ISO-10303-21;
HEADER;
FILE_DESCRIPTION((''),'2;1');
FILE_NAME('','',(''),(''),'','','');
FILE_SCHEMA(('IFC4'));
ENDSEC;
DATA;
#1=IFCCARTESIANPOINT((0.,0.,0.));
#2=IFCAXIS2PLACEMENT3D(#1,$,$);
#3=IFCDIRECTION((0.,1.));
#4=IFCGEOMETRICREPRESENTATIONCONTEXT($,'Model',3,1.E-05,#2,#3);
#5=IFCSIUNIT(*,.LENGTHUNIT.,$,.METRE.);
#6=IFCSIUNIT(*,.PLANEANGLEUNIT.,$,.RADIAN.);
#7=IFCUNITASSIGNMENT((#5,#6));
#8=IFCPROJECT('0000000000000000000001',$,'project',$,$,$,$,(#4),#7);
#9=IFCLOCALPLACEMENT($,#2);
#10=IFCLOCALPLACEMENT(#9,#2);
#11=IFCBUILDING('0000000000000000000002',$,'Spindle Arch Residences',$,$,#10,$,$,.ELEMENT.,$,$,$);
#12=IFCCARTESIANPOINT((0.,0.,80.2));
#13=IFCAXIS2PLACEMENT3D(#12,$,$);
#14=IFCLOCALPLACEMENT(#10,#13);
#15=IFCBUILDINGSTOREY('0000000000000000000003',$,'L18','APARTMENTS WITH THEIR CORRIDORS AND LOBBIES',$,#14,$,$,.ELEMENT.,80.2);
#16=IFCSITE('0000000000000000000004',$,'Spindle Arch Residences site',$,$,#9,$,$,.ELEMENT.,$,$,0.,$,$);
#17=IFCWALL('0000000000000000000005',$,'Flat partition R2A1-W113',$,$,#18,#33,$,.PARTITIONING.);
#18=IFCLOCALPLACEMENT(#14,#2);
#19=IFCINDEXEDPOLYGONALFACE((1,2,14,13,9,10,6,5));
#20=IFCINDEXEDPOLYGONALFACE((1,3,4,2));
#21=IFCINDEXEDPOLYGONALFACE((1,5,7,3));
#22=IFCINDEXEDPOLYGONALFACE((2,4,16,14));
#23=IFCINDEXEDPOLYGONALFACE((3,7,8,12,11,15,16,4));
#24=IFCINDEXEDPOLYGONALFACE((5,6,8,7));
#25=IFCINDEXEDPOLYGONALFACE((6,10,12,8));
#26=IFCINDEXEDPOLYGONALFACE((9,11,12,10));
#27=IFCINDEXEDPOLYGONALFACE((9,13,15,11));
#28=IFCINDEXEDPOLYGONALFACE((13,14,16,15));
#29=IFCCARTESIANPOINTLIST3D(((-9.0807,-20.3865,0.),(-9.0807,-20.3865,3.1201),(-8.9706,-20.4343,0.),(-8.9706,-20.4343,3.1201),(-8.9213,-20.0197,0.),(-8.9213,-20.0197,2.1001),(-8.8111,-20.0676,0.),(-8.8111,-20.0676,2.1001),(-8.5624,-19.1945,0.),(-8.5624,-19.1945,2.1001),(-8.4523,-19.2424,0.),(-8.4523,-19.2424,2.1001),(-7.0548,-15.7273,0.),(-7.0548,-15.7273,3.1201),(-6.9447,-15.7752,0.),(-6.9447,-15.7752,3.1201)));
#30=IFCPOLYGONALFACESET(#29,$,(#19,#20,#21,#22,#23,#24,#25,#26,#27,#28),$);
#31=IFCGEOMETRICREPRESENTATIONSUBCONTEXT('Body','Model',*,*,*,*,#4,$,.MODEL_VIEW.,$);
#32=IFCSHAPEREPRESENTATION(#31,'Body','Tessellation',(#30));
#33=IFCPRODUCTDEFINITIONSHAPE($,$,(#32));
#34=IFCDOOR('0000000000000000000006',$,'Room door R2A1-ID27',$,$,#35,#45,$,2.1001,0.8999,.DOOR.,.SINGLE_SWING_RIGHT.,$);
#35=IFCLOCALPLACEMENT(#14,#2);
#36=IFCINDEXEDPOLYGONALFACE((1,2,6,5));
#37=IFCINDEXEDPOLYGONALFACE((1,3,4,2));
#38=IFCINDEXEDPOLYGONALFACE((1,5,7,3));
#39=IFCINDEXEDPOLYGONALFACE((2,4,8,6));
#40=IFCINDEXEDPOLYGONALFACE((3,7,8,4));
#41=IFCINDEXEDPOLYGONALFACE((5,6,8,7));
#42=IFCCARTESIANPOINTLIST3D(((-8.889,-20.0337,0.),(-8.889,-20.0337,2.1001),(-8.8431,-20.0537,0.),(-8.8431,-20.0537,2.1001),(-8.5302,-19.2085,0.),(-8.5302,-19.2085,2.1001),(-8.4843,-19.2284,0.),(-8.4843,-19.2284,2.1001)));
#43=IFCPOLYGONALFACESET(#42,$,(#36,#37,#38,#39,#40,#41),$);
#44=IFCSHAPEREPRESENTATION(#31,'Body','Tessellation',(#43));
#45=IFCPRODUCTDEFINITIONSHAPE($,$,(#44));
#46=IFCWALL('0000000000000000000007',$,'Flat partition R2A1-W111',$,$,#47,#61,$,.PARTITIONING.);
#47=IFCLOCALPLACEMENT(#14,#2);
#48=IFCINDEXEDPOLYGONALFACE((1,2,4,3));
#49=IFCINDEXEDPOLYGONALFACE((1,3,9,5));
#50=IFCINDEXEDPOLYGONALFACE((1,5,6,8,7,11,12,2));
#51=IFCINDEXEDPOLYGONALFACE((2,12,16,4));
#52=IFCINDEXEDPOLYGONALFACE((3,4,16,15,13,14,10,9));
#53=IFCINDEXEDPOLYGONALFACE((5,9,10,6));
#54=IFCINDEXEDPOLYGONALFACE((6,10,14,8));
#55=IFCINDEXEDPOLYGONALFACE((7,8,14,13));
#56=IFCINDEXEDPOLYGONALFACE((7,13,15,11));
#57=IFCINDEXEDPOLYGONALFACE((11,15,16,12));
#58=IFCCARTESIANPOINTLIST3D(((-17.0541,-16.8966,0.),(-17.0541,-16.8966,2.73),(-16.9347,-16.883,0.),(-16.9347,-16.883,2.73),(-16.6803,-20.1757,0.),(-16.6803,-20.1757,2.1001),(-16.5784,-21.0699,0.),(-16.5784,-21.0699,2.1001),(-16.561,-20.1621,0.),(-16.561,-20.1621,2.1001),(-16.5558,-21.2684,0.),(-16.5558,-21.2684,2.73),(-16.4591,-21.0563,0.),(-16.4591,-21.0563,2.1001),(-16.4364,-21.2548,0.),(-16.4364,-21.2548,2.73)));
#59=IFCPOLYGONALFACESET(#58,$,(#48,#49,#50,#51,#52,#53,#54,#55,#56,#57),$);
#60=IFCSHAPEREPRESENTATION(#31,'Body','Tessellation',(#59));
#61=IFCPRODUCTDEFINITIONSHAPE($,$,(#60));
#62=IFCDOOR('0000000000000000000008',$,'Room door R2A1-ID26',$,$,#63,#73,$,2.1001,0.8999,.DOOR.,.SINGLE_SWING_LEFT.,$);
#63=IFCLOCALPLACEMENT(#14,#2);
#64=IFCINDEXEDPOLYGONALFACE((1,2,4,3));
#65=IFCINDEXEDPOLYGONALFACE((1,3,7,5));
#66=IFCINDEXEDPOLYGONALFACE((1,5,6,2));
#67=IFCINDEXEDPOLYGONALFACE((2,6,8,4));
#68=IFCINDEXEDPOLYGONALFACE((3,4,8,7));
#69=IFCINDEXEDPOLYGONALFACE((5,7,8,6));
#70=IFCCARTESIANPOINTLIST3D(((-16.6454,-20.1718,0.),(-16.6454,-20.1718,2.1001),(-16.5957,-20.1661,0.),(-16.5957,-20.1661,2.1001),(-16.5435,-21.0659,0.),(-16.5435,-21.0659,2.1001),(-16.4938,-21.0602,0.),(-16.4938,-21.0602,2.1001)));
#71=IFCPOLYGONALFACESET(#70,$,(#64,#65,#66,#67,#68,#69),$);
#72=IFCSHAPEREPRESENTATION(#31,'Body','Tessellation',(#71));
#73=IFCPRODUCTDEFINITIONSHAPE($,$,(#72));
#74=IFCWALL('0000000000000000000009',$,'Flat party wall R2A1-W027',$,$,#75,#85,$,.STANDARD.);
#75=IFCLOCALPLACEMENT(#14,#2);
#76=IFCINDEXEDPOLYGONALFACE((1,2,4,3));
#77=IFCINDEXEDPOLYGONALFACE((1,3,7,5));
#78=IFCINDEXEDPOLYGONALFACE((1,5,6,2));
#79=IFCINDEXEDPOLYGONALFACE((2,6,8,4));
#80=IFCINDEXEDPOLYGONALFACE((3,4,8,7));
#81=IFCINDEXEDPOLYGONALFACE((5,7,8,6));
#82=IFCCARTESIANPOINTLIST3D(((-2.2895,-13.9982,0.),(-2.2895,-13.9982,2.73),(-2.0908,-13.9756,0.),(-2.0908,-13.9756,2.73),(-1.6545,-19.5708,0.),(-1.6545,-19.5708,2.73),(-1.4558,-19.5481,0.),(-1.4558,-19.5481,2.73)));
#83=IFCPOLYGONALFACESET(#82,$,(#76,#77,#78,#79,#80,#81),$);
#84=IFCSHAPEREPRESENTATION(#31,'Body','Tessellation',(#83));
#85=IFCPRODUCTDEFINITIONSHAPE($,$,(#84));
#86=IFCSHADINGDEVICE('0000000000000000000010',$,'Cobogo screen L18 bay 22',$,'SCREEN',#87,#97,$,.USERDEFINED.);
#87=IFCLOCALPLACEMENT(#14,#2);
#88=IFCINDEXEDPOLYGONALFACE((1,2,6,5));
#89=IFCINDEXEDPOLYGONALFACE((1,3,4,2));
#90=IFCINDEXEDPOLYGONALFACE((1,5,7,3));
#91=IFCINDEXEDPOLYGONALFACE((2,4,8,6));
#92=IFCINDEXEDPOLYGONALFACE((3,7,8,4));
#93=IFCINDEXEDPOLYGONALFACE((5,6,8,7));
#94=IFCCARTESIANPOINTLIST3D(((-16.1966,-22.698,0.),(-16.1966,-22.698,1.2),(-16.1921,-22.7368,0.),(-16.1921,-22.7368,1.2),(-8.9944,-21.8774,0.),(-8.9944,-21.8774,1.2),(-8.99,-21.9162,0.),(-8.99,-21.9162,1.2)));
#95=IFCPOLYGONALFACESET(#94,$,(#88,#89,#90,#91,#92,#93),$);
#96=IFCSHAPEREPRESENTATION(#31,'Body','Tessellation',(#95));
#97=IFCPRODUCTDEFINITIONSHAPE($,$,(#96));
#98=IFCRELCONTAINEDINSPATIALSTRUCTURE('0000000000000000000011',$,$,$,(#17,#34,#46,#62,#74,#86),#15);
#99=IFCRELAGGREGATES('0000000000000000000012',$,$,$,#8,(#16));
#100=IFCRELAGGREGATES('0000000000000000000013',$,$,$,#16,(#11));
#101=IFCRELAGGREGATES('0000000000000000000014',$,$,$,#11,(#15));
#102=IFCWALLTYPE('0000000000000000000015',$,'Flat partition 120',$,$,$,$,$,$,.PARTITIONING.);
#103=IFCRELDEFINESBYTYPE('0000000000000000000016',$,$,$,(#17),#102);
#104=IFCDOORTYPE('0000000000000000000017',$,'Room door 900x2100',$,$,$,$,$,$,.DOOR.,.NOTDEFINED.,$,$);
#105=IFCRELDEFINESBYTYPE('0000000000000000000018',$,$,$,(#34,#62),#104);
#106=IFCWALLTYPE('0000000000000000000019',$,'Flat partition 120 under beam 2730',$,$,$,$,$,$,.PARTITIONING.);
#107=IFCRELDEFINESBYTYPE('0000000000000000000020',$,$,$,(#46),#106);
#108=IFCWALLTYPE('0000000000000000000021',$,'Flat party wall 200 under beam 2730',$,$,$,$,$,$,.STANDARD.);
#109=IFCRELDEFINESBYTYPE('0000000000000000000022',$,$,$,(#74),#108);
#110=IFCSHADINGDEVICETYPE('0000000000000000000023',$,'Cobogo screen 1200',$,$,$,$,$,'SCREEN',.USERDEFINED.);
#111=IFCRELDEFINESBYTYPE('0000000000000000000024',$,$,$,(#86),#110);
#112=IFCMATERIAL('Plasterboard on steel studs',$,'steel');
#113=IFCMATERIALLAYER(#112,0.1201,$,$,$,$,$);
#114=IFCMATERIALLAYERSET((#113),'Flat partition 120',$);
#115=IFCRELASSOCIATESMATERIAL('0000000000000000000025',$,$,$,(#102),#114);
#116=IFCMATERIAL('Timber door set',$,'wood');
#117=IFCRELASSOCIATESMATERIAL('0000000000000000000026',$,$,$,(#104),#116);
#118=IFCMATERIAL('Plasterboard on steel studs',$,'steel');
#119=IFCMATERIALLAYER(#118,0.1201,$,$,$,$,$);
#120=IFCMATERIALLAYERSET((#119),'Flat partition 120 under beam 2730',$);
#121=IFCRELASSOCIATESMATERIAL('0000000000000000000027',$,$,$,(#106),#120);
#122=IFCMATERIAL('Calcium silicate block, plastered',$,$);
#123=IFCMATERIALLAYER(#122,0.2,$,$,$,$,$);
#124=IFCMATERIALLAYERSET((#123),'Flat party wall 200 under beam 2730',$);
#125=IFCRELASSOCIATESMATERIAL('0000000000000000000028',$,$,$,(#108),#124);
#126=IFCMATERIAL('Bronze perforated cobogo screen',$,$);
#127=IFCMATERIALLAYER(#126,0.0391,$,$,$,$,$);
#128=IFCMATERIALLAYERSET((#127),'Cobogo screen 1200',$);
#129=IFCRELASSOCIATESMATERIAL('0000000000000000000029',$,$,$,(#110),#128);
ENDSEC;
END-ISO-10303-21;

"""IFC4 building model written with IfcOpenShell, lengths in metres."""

from ifc_helpers import new_model, si_unit, direction, frame, frame_2d, origin, origin_2d, place, context, subcontext, project, spatial, rectangle, extrude, material, layer, layer_set, type_object, element, fill, save


model = new_model("IFC4")

# Units and contexts
model_context = context("Model", 3, precision=1e-05, world=origin(), true_north=direction((0.0, 1.0)))
body_context = subcontext(model_context, "Body", "Model", "MODEL_VIEW")
ifc_project = project(units=[si_unit("LENGTHUNIT", "METRE"), si_unit("PLANEANGLEUNIT", "RADIAN")], contexts=[model_context])

# Site, building, storey
site_placement = place(None, origin())
site = spatial("IfcSite", under=ifc_project, at=site_placement, Name="Spindle Arch Residences site", CompositionType="ELEMENT", RefElevation=0.0)
building_placement = place(site_placement, origin())
building = spatial("IfcBuilding", under=site, at=building_placement, Name="Spindle Arch Residences", CompositionType="ELEMENT")
storey_placement = place(building_placement, frame((0.0, 0.0, 80.2)))
storey = spatial("IfcBuildingStorey", under=building, at=storey_placement, Name="L18", Description="APARTMENTS WITH THEIR CORRIDORS AND LOBBIES", CompositionType="ELEMENT", Elevation=80.2)

# Walls, openings, doors
ifc_material_1 = material(Name="Plasterboard on steel studs", Category="steel")
ifc_layer_1 = layer(ifc_material_1, 0.1201)
ifc_layer_set_1 = layer_set([ifc_layer_1], Name="Flat partition 120")
wall_type_1 = type_object("IfcWallType", Name="Flat partition 120", PredefinedType="PARTITIONING", material=ifc_layer_set_1)
wall_1_placement = place(storey_placement, frame((-9.0256, -20.4104, 0.0), z_axis=(0.0, 0.0, 1.0), x_axis=(0.398751, 0.917059, 0.0)))
wall_1 = element("IfcWall", 1, at=wall_1_placement, inside=storey, type_object=wall_type_1, Name="Flat partition R2A1-W113", PredefinedType="PARTITIONING", context=body_context, shape_type="SweptSolid", body=[
    extrude(rectangle(XDim=5.0806, YDim=0.1201, at=frame_2d((2.5403, 0.0))), origin(), (0.0, 0.0, 1.0), 3.1201),
])
opening_1_placement = place(wall_1_placement, frame((0.3999, 0.0, 0.0)))
opening_1 = element("IfcOpeningElement", 2, at=opening_1_placement, cuts=wall_1, PredefinedType="OPENING", context=body_context, shape_type="SweptSolid", body=[
    extrude(rectangle(XDim=0.8999, YDim=2.1001, at=frame_2d((0.45, 1.05))), frame((0.0, 0.0701, 0.0), z_axis=(0.0, -1.0, 0.0), x_axis=(1.0, 0.0, 0.0)), (0.0, 0.0, 1.0), 0.1401),
])
ifc_material_2 = material(Name="Timber door set", Category="wood")
door_type_1 = type_object("IfcDoorType", Name="Room door 900x2100", OperationType="NOTDEFINED", PredefinedType="DOOR", material=ifc_material_2)
door_1_placement = place(opening_1_placement, origin())
door_1 = element("IfcDoor", 3, at=door_1_placement, inside=storey, type_object=door_type_1, Name="Room door R2A1-ID27", OperationType="SINGLE_SWING_RIGHT", OverallHeight=2.1001, OverallWidth=0.8999, PredefinedType="DOOR", context=body_context, shape_type="SweptSolid", body=[
    extrude(rectangle(XDim=0.8999, YDim=2.1001, at=frame_2d((0.45, 1.05))), frame((0.0, 0.0249, 0.0), z_axis=(0.0, -1.0, 0.0), x_axis=(1.0, 0.0, 0.0)), (0.0, 0.0, 1.0), 0.05),
])
fill(opening_1, door_1)
ifc_material_3 = material(Name="Plasterboard on steel studs", Category="steel")
ifc_layer_2 = layer(ifc_material_3, 0.1201)
ifc_layer_set_2 = layer_set([ifc_layer_2], Name="Flat partition 120 under beam 2730")
wall_type_2 = type_object("IfcWallType", Name="Flat partition 120 under beam 2730", PredefinedType="PARTITIONING", material=ifc_layer_set_2)
wall_2_placement = place(storey_placement, frame((-16.4961, -21.2617, 0.0), z_axis=(0.0, 0.0, 1.0), x_axis=(-0.113245, 0.993567, 0.0)))
wall_2 = element("IfcWall", 4, at=wall_2_placement, inside=storey, type_object=wall_type_2, Name="Flat partition R2A1-W111", PredefinedType="PARTITIONING", context=body_context, shape_type="SweptSolid", body=[
    extrude(rectangle(XDim=4.4001, YDim=0.1201, at=frame_2d((2.2002, 0.0))), origin(), (0.0, 0.0, 1.0), 2.73),
])
opening_2_placement = place(wall_2_placement, frame((0.2, 0.0, 0.0)))
opening_2 = element("IfcOpeningElement", 5, at=opening_2_placement, cuts=wall_2, PredefinedType="OPENING", context=body_context, shape_type="SweptSolid", body=[
    extrude(rectangle(XDim=0.8999, YDim=2.1001, at=frame_2d((0.45, 1.05))), frame((0.0, 0.0701, 0.0), z_axis=(0.0, -1.0, 0.0), x_axis=(1.0, 0.0, 0.0)), (0.0, 0.0, 1.0), 0.1401),
])
door_2_placement = place(opening_2_placement, origin())
door_2 = element("IfcDoor", 6, at=door_2_placement, inside=storey, type_object=door_type_1, Name="Room door R2A1-ID26", OperationType="SINGLE_SWING_LEFT", OverallHeight=2.1001, OverallWidth=0.8999, PredefinedType="DOOR", context=body_context, shape_type="SweptSolid", body=[
    extrude(rectangle(XDim=0.8999, YDim=2.1001, at=frame_2d((0.45, 1.05))), frame((0.0, 0.0249, 0.0), z_axis=(0.0, -1.0, 0.0), x_axis=(1.0, 0.0, 0.0)), (0.0, 0.0, 1.0), 0.05),
])
fill(opening_2, door_2)

# Wall
ifc_material_4 = material(Name="Calcium silicate block, plastered")
ifc_layer_3 = layer(ifc_material_4, 0.2)
ifc_layer_set_3 = layer_set([ifc_layer_3], Name="Flat party wall 200 under beam 2730")
wall_type_3 = type_object("IfcWallType", Name="Flat party wall 200 under beam 2730", PredefinedType="STANDARD", material=ifc_layer_set_3)
wall_3_placement = place(storey_placement, frame((-1.5552, -19.5593, 0.0), z_axis=(0.0, 0.0, 1.0), x_axis=(-0.113221, 0.99357, 0.0)))
element("IfcWall", 7, at=wall_3_placement, inside=storey, type_object=wall_type_3, Name="Flat party wall R2A1-W027", PredefinedType="STANDARD", context=body_context, shape_type="SweptSolid", body=[
    extrude(rectangle(XDim=5.6086, YDim=0.2, at=frame_2d((2.8042, 0.0))), origin(), (0.0, 0.0, 1.0), 2.73),
])

# Shading device
ifc_material_5 = material(Name="Bronze perforated cobogo screen")
ifc_layer_4 = layer(ifc_material_5, 0.0391)
ifc_layer_set_4 = layer_set([ifc_layer_4], Name="Cobogo screen 1200")
shading_device_type = type_object("IfcShadingDeviceType", Name="Cobogo screen 1200", ElementType="SCREEN", PredefinedType="USERDEFINED", material=ifc_layer_set_4)
shading_device_placement = place(storey_placement, frame((-12.5933, -22.3071, 0.0), z_axis=(0.0, 0.0, 1.0), x_axis=(0.993572, 0.113203, 0.0)))
element("IfcShadingDevice", 8, at=shading_device_placement, inside=storey, type_object=shading_device_type, Name="Cobogo screen L18 bay 22", ObjectType="SCREEN", PredefinedType="USERDEFINED", context=body_context, shape_type="SweptSolid", body=[
    extrude(rectangle(XDim=7.2488, YDim=0.0391, at=origin_2d()), origin(), (0.0, 0.0, 1.0), 1.2),
])

save(model, "model.ifc")
